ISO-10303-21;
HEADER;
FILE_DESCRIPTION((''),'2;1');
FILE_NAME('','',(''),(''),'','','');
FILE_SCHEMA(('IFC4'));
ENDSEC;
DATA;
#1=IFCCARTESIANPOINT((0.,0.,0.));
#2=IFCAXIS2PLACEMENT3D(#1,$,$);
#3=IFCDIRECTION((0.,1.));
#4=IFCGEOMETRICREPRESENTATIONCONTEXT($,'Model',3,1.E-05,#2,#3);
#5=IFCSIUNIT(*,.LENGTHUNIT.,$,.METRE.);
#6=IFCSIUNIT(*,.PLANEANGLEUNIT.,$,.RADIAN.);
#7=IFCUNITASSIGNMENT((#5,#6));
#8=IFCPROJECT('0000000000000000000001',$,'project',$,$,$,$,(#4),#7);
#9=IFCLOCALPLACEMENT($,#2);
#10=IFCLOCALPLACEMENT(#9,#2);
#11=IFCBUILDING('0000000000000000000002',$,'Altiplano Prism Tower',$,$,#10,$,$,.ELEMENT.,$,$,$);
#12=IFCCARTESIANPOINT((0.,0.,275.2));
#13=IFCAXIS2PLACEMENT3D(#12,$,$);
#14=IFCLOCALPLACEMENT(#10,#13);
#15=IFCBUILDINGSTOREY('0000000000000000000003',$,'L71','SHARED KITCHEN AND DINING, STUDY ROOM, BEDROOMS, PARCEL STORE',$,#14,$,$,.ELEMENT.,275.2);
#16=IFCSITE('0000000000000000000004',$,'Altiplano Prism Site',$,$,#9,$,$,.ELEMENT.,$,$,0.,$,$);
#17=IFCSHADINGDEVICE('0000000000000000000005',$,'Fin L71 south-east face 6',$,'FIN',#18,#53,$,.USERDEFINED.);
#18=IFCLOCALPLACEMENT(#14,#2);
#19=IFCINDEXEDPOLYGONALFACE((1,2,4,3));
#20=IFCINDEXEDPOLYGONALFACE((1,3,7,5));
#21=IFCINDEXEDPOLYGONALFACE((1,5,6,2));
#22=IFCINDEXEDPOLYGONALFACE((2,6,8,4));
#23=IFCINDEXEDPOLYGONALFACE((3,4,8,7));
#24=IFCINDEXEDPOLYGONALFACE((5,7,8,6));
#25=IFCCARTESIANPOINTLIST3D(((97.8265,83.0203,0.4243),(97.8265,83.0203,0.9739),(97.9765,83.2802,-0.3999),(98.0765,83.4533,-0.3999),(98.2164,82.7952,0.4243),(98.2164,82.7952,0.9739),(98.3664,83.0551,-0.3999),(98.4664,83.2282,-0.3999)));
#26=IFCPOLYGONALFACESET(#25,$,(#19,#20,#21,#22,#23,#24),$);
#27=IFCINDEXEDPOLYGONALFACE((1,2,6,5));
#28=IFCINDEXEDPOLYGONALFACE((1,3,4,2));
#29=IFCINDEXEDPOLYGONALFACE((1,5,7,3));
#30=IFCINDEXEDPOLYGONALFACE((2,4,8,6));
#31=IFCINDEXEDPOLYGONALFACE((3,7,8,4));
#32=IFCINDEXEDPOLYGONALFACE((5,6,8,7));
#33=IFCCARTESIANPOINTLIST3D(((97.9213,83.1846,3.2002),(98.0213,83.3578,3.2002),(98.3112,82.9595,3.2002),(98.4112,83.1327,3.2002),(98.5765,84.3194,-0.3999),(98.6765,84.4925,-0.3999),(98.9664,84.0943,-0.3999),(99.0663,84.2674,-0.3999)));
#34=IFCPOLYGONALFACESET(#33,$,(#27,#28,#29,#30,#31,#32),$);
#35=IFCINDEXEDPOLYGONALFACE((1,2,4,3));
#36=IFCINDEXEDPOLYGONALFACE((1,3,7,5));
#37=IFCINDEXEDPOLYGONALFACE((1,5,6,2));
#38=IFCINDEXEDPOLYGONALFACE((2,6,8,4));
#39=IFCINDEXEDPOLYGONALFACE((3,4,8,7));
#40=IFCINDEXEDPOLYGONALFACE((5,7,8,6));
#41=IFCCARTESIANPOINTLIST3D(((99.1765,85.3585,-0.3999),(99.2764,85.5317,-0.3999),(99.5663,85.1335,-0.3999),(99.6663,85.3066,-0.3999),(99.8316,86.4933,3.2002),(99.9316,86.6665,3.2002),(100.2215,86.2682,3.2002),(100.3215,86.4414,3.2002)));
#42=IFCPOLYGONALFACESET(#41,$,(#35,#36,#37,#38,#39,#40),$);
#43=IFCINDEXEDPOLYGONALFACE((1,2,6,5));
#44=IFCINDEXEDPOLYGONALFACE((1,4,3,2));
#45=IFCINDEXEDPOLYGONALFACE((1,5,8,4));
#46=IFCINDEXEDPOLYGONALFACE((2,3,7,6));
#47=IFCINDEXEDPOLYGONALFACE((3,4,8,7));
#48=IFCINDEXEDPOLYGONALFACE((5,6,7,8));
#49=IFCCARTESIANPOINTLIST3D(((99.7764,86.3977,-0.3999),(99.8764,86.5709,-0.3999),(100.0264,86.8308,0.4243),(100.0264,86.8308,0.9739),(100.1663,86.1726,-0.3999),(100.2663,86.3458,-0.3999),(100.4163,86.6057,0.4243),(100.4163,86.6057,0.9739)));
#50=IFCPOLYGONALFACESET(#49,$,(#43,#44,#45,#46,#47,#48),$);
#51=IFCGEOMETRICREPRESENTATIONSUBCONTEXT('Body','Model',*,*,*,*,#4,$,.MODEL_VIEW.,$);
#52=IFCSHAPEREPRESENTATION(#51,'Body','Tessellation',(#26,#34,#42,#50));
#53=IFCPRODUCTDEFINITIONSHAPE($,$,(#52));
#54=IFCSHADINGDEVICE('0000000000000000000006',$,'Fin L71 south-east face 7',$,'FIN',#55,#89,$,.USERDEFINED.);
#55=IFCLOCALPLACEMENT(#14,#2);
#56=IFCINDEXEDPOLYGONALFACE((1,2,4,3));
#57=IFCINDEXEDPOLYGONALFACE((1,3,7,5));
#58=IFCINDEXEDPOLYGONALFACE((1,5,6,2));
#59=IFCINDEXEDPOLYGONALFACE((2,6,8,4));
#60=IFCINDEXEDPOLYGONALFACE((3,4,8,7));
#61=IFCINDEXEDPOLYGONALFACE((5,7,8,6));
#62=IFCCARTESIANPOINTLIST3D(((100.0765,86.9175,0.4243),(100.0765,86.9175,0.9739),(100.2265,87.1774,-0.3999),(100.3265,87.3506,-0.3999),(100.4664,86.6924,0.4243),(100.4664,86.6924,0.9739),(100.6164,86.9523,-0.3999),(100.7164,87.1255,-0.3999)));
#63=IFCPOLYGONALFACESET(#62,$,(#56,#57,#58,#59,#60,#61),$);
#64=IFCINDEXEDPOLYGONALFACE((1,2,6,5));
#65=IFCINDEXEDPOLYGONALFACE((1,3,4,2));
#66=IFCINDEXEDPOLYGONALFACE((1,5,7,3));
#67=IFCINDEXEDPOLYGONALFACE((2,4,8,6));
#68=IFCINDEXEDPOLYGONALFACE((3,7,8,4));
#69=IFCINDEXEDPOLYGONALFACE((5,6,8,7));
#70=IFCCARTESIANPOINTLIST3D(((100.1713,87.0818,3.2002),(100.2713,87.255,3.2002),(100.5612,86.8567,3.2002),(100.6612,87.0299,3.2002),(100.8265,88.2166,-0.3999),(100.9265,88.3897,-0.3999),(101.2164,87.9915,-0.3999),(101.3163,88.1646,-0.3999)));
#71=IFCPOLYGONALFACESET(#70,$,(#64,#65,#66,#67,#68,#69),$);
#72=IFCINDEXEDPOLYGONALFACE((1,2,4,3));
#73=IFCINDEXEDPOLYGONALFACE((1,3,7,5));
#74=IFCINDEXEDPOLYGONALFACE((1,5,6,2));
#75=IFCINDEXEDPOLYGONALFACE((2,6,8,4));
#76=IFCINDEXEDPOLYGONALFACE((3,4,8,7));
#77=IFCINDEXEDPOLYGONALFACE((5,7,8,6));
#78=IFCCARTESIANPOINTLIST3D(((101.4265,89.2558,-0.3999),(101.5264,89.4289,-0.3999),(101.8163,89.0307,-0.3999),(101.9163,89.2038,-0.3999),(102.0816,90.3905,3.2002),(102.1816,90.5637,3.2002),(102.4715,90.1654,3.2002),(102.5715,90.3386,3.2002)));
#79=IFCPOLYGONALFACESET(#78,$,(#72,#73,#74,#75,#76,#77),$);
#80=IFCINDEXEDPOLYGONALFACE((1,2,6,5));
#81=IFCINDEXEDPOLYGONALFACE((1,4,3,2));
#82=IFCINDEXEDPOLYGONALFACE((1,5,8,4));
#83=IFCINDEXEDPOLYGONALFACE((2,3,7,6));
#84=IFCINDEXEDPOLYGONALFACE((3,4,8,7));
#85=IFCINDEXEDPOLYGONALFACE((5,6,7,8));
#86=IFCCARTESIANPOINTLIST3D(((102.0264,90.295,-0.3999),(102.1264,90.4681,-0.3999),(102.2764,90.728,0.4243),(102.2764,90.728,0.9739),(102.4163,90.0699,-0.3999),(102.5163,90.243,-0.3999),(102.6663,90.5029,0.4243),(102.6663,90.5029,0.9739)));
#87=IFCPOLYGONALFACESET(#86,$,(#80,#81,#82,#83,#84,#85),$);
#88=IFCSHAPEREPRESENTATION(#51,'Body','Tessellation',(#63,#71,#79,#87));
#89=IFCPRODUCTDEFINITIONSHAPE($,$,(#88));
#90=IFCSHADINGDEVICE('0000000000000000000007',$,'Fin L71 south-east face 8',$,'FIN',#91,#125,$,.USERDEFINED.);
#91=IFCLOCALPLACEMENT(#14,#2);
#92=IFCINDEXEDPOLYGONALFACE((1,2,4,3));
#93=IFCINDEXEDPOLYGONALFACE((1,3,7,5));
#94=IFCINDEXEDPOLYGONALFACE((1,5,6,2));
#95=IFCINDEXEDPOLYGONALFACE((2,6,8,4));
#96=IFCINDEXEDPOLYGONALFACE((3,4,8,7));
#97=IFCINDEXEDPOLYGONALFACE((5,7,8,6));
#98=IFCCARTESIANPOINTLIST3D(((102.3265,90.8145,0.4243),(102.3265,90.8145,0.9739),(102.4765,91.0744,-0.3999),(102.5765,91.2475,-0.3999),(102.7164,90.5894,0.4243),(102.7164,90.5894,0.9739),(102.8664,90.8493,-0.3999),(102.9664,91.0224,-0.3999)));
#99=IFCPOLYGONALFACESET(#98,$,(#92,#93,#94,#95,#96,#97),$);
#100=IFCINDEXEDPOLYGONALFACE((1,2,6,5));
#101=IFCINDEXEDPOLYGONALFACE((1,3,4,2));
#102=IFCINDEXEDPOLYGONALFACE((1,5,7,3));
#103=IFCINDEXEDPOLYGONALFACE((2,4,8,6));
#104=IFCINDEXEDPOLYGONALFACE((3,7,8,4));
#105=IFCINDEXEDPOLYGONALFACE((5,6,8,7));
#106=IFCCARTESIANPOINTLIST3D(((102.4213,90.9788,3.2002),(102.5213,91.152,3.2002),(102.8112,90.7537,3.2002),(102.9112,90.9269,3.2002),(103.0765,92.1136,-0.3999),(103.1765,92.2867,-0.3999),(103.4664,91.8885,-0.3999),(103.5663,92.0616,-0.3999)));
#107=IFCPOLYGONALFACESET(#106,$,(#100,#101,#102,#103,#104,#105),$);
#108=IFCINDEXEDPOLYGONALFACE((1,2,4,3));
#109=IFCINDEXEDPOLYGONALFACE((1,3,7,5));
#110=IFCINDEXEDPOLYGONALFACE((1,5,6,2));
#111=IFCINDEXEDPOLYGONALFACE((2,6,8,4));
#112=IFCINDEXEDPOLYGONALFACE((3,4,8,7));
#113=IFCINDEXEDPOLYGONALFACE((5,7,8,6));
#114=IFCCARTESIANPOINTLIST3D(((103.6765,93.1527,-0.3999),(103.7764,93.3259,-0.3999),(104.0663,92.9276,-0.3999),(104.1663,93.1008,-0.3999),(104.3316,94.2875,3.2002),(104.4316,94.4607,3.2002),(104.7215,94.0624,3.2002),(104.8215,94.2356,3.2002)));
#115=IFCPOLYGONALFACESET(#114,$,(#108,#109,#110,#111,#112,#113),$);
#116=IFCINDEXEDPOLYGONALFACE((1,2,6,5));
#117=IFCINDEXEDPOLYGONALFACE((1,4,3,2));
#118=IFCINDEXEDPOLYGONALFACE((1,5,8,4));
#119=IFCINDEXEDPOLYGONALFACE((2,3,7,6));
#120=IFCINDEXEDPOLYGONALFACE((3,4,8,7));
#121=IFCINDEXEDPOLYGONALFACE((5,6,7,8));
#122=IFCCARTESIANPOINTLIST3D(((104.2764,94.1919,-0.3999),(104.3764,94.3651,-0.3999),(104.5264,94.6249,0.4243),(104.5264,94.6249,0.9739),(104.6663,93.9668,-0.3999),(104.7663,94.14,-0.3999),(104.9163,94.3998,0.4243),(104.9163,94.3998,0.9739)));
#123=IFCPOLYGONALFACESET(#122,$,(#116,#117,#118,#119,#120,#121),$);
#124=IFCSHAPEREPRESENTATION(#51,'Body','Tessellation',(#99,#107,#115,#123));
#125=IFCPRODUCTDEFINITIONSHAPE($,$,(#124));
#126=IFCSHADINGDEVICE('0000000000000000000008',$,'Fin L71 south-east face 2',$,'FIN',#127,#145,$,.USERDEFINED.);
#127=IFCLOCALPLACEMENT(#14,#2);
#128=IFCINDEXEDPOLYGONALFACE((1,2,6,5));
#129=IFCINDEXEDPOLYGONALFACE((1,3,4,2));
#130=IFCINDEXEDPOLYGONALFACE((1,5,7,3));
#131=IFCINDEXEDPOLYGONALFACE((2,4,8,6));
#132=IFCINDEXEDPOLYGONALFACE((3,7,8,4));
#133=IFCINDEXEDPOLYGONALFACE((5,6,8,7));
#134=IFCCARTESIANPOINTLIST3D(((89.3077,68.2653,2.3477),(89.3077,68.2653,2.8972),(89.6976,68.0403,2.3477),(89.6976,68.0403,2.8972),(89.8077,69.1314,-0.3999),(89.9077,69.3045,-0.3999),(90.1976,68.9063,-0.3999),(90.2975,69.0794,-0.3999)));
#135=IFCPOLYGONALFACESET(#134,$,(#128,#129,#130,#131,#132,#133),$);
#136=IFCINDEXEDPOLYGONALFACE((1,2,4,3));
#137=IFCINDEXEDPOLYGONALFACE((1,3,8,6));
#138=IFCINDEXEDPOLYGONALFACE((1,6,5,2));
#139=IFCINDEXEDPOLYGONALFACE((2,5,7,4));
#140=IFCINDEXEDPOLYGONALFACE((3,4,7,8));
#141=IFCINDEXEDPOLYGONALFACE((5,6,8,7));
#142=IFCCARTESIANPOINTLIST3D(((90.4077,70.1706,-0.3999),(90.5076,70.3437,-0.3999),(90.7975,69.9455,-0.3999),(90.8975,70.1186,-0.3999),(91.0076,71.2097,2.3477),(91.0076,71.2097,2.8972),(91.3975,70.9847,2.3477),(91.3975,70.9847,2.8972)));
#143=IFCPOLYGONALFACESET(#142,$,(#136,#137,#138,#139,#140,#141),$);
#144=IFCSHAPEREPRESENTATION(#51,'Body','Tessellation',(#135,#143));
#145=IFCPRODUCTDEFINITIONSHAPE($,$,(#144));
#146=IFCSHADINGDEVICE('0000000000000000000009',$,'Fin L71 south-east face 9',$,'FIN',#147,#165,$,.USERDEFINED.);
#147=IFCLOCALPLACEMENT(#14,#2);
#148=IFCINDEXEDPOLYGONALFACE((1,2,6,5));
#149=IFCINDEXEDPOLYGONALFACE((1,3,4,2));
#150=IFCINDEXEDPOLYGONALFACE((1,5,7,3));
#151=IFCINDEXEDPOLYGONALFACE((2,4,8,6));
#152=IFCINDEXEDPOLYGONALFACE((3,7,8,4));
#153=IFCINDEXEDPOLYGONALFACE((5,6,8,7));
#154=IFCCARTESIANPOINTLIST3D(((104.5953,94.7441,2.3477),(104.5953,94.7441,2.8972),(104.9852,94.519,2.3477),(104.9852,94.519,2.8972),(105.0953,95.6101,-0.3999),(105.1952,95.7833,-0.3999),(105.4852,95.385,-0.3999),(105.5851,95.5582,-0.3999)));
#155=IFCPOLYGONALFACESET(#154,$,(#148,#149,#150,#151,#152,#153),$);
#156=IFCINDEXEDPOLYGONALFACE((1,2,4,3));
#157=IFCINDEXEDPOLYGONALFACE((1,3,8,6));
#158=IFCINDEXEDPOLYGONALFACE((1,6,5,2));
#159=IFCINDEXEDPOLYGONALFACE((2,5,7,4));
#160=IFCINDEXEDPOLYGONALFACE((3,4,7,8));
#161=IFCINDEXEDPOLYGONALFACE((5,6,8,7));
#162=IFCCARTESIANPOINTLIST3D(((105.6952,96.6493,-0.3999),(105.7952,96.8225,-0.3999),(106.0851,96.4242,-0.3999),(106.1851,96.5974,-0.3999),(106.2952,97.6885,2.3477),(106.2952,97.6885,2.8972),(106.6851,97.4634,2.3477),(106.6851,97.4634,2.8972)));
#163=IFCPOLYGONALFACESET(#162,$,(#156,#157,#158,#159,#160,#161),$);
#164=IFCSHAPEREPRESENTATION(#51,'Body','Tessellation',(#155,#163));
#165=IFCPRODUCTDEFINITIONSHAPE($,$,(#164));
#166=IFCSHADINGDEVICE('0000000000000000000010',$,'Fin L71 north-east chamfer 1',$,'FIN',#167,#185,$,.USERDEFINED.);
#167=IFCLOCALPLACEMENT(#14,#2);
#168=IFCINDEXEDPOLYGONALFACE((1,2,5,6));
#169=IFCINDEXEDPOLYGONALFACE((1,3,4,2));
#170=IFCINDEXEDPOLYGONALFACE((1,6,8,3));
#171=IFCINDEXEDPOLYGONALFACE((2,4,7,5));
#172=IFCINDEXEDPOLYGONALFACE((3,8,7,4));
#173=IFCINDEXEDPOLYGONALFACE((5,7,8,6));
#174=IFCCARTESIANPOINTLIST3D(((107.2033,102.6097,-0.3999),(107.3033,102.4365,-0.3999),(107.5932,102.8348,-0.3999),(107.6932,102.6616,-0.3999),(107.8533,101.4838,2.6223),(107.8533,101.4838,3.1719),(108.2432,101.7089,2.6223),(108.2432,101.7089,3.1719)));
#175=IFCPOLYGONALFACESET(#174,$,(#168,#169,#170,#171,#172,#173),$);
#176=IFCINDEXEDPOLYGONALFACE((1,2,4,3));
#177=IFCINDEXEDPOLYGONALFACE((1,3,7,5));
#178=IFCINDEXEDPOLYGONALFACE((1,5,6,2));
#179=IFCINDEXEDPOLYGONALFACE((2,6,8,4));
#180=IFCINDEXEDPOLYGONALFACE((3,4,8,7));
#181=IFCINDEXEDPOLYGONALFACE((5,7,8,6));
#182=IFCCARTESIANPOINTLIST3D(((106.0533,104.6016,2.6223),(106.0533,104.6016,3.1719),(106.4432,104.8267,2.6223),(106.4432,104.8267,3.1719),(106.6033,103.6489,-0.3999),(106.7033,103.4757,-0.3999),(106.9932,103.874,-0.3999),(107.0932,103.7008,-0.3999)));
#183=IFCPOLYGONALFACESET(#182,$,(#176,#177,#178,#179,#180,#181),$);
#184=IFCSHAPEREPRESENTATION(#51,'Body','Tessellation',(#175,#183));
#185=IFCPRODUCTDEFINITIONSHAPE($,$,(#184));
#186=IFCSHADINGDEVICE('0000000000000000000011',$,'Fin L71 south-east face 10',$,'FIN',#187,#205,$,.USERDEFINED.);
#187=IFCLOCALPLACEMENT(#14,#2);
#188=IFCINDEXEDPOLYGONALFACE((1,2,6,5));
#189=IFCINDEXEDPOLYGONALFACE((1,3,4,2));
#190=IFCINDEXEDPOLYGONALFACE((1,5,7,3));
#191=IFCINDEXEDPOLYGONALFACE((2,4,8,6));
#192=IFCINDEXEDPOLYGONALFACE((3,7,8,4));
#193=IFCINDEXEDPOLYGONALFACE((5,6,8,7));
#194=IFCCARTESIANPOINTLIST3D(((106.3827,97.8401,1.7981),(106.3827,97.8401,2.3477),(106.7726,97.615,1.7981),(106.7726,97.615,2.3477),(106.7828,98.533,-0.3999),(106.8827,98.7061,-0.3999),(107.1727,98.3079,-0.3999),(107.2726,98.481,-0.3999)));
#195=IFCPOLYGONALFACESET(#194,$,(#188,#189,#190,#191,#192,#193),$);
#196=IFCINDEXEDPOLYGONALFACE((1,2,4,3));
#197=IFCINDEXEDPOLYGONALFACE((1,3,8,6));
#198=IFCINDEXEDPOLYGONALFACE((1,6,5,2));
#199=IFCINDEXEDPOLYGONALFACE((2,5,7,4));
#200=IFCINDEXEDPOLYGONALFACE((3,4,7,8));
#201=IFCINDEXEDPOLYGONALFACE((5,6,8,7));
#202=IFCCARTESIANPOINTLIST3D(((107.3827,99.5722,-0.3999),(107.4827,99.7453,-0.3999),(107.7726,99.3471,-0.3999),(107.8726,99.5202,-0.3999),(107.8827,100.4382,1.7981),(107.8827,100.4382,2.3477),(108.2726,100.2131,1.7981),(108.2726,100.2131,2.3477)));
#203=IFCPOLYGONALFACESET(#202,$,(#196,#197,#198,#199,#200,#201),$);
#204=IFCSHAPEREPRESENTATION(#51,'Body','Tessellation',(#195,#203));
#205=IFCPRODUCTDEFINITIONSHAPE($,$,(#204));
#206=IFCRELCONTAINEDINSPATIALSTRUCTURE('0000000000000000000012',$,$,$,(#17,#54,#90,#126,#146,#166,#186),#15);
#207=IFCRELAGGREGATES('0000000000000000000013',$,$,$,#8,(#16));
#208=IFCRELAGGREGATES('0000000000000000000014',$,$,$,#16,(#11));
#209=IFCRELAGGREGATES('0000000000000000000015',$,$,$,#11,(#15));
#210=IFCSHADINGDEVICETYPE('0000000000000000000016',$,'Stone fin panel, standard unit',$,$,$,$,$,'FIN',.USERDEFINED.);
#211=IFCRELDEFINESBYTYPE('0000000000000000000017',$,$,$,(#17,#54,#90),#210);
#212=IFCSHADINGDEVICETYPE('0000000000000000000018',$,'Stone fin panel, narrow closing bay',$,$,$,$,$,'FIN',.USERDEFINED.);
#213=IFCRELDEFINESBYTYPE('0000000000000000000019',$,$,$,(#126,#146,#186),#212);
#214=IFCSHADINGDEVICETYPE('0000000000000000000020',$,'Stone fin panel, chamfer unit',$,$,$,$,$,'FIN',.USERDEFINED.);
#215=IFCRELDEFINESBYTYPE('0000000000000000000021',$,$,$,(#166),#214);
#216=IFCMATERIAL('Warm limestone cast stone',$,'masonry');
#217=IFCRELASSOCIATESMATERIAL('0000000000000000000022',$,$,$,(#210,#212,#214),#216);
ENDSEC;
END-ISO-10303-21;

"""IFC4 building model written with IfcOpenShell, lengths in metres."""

from ifc_helpers import new_model, si_unit, direction, frame, origin, place, context, subcontext, project, spatial, polyline, outline, extrude, source, transform, mapped, material, type_object, element, save


model = new_model("IFC4")

# Units and contexts
model_context = context("Model", 3, precision=1e-05, world=origin(), true_north=direction((0.0, 1.0)))
body_context = subcontext(model_context, "Body", "Model", "MODEL_VIEW")
ifc_project = project(units=[si_unit("LENGTHUNIT", "METRE"), si_unit("PLANEANGLEUNIT", "RADIAN")], contexts=[model_context])

# Site, building, storey
site_placement = place(None, origin())
site = spatial("IfcSite", under=ifc_project, at=site_placement, Name="Altiplano Prism Site", CompositionType="ELEMENT", RefElevation=0.0)
building_placement = place(site_placement, origin())
building = spatial("IfcBuilding", under=site, at=building_placement, Name="Altiplano Prism Tower", CompositionType="ELEMENT")
storey_placement = place(building_placement, frame((0.0, 0.0, 275.2)))
storey = spatial("IfcBuildingStorey", under=building, at=storey_placement, Name="L71", Description="SHARED KITCHEN AND DINING, STUDY ROOM, BEDROOMS, PARCEL STORE", CompositionType="ELEMENT", Elevation=275.2)

# Shading devices
ifc_material_1 = material(Name="Warm limestone cast stone", Category="masonry")
shading_device_type_1 = type_object("IfcShadingDeviceType", Name="Stone fin panel, standard unit", ElementType="FIN", PredefinedType="USERDEFINED", material=ifc_material_1)
shared_shape_1 = source(origin(), body_context, "Body", "SweptSolid", [
    extrude(outline(polyline([(-2.2, 1.3738), (-2.2, 0.8242), (-1.8999, 0.0), (-1.7, 0.0), (-2.2, 1.3738)])), frame((0.0, -0.1499, 0.0), z_axis=(0.0, -1.0, 0.0), x_axis=(1.0, 0.0, 0.0)), (0.0, 0.0, 1.0), 0.4502),
    extrude(outline(polyline([(-2.0103, 3.6001), (-0.7, 0.0), (-0.5, 0.0), (-1.8103, 3.6001), (-2.0103, 3.6001)])), frame((0.0, -0.1499, 0.0), z_axis=(0.0, -1.0, 0.0), x_axis=(1.0, 0.0, 0.0)), (0.0, 0.0, 1.0), 0.4502),
    extrude(outline(polyline([(1.8103, 3.6001), (0.5, 0.0), (0.7, 0.0), (2.0103, 3.6001), (1.8103, 3.6001)])), frame((0.0, -0.1499, 0.0), z_axis=(0.0, -1.0, 0.0), x_axis=(1.0, 0.0, 0.0)), (0.0, 0.0, 1.0), 0.4502),
    extrude(outline(polyline([(2.2, 0.8242), (2.2, 1.3738), (1.7, 0.0), (1.8999, 0.0), (2.2, 0.8242)])), frame((0.0, -0.1499, 0.0), z_axis=(0.0, -1.0, 0.0), x_axis=(1.0, 0.0, 0.0)), (0.0, 0.0, 1.0), 0.4502),
])
shading_device_1_placement = place(storey_placement, origin())
element("IfcShadingDevice", 1, at=shading_device_1_placement, inside=storey, type_object=shading_device_type_1, Name="Fin L71 south-east face 6", ObjectType="FIN", PredefinedType="USERDEFINED", context=body_context, shape_type="MappedRepresentation", body=[
    mapped(shared_shape_1, transform((98.7966, 85.0005, -0.3999), x_axis=(0.5, 0.866025, 0.0), y_axis=(-0.866025, 0.5, 0.0), z_axis=(0.0, 0.0, 1.0))),
])
shading_device_2_placement = place(storey_placement, origin())
element("IfcShadingDevice", 2, at=shading_device_2_placement, inside=storey, type_object=shading_device_type_1, Name="Fin L71 south-east face 7", ObjectType="FIN", PredefinedType="USERDEFINED", context=body_context, shape_type="MappedRepresentation", body=[
    mapped(shared_shape_1, transform((101.0466, 88.8977, -0.3999), x_axis=(0.5, 0.866025, 0.0), y_axis=(-0.866025, 0.5, 0.0), z_axis=(0.0, 0.0, 1.0))),
])
shading_device_3_placement = place(storey_placement, origin())
element("IfcShadingDevice", 3, at=shading_device_3_placement, inside=storey, type_object=shading_device_type_1, Name="Fin L71 south-east face 8", ObjectType="FIN", PredefinedType="USERDEFINED", context=body_context, shape_type="MappedRepresentation", body=[
    mapped(shared_shape_1, transform((103.2966, 92.7947, -0.3999), x_axis=(0.5, 0.866025, 0.0), y_axis=(-0.866025, 0.5, 0.0), z_axis=(0.0, 0.0, 1.0))),
])
shading_device_type_2 = type_object("IfcShadingDeviceType", Name="Stone fin panel, narrow closing bay", ElementType="FIN", PredefinedType="USERDEFINED", material=ifc_material_1)
shared_shape_2 = source(origin(), body_context, "Body", "SweptSolid", [
    extrude(outline(polyline([(-1.7, 3.2971), (-1.7, 2.7476), (-0.7, 0.0), (-0.5, 0.0), (-1.7, 3.2971)])), frame((0.0, -0.1499, 0.0), z_axis=(0.0, -1.0, 0.0), x_axis=(1.0, 0.0, 0.0)), (0.0, 0.0, 1.0), 0.4502),
    extrude(outline(polyline([(1.7, 2.7476), (1.7, 3.2971), (0.5, 0.0), (0.7, 0.0), (1.7, 2.7476)])), frame((0.0, -0.1499, 0.0), z_axis=(0.0, -1.0, 0.0), x_axis=(1.0, 0.0, 0.0)), (0.0, 0.0, 1.0), 0.4502),
])
shading_device_4_placement = place(storey_placement, origin())
element("IfcShadingDevice", 4, at=shading_device_4_placement, inside=storey, type_object=shading_device_type_2, Name="Fin L71 south-east face 2", ObjectType="FIN", PredefinedType="USERDEFINED", context=body_context, shape_type="MappedRepresentation", body=[
    mapped(shared_shape_2, transform((90.0278, 69.8125, -0.3999), x_axis=(0.5, 0.866025, 0.0), y_axis=(-0.866025, 0.5, 0.0), z_axis=(0.0, 0.0, 1.0))),
])
shading_device_5_placement = place(storey_placement, origin())
element("IfcShadingDevice", 5, at=shading_device_5_placement, inside=storey, type_object=shading_device_type_2, Name="Fin L71 south-east face 9", ObjectType="FIN", PredefinedType="USERDEFINED", context=body_context, shape_type="MappedRepresentation", body=[
    mapped(shared_shape_2, transform((105.3154, 96.2913, -0.3999), x_axis=(0.5, 0.866025, 0.0), y_axis=(-0.866025, 0.5, 0.0), z_axis=(0.0, 0.0, 1.0))),
])
shading_device_type_3 = type_object("IfcShadingDeviceType", Name="Stone fin panel, chamfer unit", ElementType="FIN", PredefinedType="USERDEFINED", material=ifc_material_1)
shared_shape_3 = source(origin(), body_context, "Body", "SweptSolid", [
    extrude(outline(polyline([(-1.8, 3.5718), (-1.8, 3.0222), (-0.7, 0.0), (-0.5, 0.0), (-1.8, 3.5718)])), frame((0.0, -0.1499, 0.0), z_axis=(0.0, -1.0, 0.0), x_axis=(1.0, 0.0, 0.0)), (0.0, 0.0, 1.0), 0.4502),
    extrude(outline(polyline([(1.8, 3.0222), (1.8, 3.5718), (0.5, 0.0), (0.7, 0.0), (1.8, 3.0222)])), frame((0.0, -0.1499, 0.0), z_axis=(0.0, -1.0, 0.0), x_axis=(1.0, 0.0, 0.0)), (0.0, 0.0, 1.0), 0.4502),
])
shading_device_6_placement = place(storey_placement, origin())
element("IfcShadingDevice", 6, at=shading_device_6_placement, inside=storey, type_object=shading_device_type_3, Name="Fin L71 north-east chamfer 1", ObjectType="FIN", PredefinedType="USERDEFINED", context=body_context, shape_type="MappedRepresentation", body=[
    mapped(shared_shape_3, transform((106.8235, 102.9678, -0.3999), x_axis=(-0.5, 0.866025, 0.0), y_axis=(-0.866025, -0.5, 0.0), z_axis=(0.0, 0.0, 1.0))),
])
shared_shape_4 = source(origin(), body_context, "Body", "SweptSolid", [
    extrude(outline(polyline([(-1.5, 2.7476), (-1.5, 2.198), (-0.7, 0.0), (-0.5, 0.0), (-1.5, 2.7476)])), frame((0.0, -0.1499, 0.0), z_axis=(0.0, -1.0, 0.0), x_axis=(1.0, 0.0, 0.0)), (0.0, 0.0, 1.0), 0.4502),
    extrude(outline(polyline([(1.5, 2.198), (1.5, 2.7476), (0.5, 0.0), (0.7, 0.0), (1.5, 2.198)])), frame((0.0, -0.1499, 0.0), z_axis=(0.0, -1.0, 0.0), x_axis=(1.0, 0.0, 0.0)), (0.0, 0.0, 1.0), 0.4502),
])
shading_device_7_placement = place(storey_placement, origin())
element("IfcShadingDevice", 7, at=shading_device_7_placement, inside=storey, type_object=shading_device_type_2, Name="Fin L71 south-east face 10", ObjectType="FIN", PredefinedType="USERDEFINED", context=body_context, shape_type="MappedRepresentation", body=[
    mapped(shared_shape_4, transform((107.0029, 99.2141, -0.3999), x_axis=(0.5, 0.866025, 0.0), y_axis=(-0.866025, 0.5, 0.0), z_axis=(0.0, 0.0, 1.0))),
])

save(model, "model.ifc")
